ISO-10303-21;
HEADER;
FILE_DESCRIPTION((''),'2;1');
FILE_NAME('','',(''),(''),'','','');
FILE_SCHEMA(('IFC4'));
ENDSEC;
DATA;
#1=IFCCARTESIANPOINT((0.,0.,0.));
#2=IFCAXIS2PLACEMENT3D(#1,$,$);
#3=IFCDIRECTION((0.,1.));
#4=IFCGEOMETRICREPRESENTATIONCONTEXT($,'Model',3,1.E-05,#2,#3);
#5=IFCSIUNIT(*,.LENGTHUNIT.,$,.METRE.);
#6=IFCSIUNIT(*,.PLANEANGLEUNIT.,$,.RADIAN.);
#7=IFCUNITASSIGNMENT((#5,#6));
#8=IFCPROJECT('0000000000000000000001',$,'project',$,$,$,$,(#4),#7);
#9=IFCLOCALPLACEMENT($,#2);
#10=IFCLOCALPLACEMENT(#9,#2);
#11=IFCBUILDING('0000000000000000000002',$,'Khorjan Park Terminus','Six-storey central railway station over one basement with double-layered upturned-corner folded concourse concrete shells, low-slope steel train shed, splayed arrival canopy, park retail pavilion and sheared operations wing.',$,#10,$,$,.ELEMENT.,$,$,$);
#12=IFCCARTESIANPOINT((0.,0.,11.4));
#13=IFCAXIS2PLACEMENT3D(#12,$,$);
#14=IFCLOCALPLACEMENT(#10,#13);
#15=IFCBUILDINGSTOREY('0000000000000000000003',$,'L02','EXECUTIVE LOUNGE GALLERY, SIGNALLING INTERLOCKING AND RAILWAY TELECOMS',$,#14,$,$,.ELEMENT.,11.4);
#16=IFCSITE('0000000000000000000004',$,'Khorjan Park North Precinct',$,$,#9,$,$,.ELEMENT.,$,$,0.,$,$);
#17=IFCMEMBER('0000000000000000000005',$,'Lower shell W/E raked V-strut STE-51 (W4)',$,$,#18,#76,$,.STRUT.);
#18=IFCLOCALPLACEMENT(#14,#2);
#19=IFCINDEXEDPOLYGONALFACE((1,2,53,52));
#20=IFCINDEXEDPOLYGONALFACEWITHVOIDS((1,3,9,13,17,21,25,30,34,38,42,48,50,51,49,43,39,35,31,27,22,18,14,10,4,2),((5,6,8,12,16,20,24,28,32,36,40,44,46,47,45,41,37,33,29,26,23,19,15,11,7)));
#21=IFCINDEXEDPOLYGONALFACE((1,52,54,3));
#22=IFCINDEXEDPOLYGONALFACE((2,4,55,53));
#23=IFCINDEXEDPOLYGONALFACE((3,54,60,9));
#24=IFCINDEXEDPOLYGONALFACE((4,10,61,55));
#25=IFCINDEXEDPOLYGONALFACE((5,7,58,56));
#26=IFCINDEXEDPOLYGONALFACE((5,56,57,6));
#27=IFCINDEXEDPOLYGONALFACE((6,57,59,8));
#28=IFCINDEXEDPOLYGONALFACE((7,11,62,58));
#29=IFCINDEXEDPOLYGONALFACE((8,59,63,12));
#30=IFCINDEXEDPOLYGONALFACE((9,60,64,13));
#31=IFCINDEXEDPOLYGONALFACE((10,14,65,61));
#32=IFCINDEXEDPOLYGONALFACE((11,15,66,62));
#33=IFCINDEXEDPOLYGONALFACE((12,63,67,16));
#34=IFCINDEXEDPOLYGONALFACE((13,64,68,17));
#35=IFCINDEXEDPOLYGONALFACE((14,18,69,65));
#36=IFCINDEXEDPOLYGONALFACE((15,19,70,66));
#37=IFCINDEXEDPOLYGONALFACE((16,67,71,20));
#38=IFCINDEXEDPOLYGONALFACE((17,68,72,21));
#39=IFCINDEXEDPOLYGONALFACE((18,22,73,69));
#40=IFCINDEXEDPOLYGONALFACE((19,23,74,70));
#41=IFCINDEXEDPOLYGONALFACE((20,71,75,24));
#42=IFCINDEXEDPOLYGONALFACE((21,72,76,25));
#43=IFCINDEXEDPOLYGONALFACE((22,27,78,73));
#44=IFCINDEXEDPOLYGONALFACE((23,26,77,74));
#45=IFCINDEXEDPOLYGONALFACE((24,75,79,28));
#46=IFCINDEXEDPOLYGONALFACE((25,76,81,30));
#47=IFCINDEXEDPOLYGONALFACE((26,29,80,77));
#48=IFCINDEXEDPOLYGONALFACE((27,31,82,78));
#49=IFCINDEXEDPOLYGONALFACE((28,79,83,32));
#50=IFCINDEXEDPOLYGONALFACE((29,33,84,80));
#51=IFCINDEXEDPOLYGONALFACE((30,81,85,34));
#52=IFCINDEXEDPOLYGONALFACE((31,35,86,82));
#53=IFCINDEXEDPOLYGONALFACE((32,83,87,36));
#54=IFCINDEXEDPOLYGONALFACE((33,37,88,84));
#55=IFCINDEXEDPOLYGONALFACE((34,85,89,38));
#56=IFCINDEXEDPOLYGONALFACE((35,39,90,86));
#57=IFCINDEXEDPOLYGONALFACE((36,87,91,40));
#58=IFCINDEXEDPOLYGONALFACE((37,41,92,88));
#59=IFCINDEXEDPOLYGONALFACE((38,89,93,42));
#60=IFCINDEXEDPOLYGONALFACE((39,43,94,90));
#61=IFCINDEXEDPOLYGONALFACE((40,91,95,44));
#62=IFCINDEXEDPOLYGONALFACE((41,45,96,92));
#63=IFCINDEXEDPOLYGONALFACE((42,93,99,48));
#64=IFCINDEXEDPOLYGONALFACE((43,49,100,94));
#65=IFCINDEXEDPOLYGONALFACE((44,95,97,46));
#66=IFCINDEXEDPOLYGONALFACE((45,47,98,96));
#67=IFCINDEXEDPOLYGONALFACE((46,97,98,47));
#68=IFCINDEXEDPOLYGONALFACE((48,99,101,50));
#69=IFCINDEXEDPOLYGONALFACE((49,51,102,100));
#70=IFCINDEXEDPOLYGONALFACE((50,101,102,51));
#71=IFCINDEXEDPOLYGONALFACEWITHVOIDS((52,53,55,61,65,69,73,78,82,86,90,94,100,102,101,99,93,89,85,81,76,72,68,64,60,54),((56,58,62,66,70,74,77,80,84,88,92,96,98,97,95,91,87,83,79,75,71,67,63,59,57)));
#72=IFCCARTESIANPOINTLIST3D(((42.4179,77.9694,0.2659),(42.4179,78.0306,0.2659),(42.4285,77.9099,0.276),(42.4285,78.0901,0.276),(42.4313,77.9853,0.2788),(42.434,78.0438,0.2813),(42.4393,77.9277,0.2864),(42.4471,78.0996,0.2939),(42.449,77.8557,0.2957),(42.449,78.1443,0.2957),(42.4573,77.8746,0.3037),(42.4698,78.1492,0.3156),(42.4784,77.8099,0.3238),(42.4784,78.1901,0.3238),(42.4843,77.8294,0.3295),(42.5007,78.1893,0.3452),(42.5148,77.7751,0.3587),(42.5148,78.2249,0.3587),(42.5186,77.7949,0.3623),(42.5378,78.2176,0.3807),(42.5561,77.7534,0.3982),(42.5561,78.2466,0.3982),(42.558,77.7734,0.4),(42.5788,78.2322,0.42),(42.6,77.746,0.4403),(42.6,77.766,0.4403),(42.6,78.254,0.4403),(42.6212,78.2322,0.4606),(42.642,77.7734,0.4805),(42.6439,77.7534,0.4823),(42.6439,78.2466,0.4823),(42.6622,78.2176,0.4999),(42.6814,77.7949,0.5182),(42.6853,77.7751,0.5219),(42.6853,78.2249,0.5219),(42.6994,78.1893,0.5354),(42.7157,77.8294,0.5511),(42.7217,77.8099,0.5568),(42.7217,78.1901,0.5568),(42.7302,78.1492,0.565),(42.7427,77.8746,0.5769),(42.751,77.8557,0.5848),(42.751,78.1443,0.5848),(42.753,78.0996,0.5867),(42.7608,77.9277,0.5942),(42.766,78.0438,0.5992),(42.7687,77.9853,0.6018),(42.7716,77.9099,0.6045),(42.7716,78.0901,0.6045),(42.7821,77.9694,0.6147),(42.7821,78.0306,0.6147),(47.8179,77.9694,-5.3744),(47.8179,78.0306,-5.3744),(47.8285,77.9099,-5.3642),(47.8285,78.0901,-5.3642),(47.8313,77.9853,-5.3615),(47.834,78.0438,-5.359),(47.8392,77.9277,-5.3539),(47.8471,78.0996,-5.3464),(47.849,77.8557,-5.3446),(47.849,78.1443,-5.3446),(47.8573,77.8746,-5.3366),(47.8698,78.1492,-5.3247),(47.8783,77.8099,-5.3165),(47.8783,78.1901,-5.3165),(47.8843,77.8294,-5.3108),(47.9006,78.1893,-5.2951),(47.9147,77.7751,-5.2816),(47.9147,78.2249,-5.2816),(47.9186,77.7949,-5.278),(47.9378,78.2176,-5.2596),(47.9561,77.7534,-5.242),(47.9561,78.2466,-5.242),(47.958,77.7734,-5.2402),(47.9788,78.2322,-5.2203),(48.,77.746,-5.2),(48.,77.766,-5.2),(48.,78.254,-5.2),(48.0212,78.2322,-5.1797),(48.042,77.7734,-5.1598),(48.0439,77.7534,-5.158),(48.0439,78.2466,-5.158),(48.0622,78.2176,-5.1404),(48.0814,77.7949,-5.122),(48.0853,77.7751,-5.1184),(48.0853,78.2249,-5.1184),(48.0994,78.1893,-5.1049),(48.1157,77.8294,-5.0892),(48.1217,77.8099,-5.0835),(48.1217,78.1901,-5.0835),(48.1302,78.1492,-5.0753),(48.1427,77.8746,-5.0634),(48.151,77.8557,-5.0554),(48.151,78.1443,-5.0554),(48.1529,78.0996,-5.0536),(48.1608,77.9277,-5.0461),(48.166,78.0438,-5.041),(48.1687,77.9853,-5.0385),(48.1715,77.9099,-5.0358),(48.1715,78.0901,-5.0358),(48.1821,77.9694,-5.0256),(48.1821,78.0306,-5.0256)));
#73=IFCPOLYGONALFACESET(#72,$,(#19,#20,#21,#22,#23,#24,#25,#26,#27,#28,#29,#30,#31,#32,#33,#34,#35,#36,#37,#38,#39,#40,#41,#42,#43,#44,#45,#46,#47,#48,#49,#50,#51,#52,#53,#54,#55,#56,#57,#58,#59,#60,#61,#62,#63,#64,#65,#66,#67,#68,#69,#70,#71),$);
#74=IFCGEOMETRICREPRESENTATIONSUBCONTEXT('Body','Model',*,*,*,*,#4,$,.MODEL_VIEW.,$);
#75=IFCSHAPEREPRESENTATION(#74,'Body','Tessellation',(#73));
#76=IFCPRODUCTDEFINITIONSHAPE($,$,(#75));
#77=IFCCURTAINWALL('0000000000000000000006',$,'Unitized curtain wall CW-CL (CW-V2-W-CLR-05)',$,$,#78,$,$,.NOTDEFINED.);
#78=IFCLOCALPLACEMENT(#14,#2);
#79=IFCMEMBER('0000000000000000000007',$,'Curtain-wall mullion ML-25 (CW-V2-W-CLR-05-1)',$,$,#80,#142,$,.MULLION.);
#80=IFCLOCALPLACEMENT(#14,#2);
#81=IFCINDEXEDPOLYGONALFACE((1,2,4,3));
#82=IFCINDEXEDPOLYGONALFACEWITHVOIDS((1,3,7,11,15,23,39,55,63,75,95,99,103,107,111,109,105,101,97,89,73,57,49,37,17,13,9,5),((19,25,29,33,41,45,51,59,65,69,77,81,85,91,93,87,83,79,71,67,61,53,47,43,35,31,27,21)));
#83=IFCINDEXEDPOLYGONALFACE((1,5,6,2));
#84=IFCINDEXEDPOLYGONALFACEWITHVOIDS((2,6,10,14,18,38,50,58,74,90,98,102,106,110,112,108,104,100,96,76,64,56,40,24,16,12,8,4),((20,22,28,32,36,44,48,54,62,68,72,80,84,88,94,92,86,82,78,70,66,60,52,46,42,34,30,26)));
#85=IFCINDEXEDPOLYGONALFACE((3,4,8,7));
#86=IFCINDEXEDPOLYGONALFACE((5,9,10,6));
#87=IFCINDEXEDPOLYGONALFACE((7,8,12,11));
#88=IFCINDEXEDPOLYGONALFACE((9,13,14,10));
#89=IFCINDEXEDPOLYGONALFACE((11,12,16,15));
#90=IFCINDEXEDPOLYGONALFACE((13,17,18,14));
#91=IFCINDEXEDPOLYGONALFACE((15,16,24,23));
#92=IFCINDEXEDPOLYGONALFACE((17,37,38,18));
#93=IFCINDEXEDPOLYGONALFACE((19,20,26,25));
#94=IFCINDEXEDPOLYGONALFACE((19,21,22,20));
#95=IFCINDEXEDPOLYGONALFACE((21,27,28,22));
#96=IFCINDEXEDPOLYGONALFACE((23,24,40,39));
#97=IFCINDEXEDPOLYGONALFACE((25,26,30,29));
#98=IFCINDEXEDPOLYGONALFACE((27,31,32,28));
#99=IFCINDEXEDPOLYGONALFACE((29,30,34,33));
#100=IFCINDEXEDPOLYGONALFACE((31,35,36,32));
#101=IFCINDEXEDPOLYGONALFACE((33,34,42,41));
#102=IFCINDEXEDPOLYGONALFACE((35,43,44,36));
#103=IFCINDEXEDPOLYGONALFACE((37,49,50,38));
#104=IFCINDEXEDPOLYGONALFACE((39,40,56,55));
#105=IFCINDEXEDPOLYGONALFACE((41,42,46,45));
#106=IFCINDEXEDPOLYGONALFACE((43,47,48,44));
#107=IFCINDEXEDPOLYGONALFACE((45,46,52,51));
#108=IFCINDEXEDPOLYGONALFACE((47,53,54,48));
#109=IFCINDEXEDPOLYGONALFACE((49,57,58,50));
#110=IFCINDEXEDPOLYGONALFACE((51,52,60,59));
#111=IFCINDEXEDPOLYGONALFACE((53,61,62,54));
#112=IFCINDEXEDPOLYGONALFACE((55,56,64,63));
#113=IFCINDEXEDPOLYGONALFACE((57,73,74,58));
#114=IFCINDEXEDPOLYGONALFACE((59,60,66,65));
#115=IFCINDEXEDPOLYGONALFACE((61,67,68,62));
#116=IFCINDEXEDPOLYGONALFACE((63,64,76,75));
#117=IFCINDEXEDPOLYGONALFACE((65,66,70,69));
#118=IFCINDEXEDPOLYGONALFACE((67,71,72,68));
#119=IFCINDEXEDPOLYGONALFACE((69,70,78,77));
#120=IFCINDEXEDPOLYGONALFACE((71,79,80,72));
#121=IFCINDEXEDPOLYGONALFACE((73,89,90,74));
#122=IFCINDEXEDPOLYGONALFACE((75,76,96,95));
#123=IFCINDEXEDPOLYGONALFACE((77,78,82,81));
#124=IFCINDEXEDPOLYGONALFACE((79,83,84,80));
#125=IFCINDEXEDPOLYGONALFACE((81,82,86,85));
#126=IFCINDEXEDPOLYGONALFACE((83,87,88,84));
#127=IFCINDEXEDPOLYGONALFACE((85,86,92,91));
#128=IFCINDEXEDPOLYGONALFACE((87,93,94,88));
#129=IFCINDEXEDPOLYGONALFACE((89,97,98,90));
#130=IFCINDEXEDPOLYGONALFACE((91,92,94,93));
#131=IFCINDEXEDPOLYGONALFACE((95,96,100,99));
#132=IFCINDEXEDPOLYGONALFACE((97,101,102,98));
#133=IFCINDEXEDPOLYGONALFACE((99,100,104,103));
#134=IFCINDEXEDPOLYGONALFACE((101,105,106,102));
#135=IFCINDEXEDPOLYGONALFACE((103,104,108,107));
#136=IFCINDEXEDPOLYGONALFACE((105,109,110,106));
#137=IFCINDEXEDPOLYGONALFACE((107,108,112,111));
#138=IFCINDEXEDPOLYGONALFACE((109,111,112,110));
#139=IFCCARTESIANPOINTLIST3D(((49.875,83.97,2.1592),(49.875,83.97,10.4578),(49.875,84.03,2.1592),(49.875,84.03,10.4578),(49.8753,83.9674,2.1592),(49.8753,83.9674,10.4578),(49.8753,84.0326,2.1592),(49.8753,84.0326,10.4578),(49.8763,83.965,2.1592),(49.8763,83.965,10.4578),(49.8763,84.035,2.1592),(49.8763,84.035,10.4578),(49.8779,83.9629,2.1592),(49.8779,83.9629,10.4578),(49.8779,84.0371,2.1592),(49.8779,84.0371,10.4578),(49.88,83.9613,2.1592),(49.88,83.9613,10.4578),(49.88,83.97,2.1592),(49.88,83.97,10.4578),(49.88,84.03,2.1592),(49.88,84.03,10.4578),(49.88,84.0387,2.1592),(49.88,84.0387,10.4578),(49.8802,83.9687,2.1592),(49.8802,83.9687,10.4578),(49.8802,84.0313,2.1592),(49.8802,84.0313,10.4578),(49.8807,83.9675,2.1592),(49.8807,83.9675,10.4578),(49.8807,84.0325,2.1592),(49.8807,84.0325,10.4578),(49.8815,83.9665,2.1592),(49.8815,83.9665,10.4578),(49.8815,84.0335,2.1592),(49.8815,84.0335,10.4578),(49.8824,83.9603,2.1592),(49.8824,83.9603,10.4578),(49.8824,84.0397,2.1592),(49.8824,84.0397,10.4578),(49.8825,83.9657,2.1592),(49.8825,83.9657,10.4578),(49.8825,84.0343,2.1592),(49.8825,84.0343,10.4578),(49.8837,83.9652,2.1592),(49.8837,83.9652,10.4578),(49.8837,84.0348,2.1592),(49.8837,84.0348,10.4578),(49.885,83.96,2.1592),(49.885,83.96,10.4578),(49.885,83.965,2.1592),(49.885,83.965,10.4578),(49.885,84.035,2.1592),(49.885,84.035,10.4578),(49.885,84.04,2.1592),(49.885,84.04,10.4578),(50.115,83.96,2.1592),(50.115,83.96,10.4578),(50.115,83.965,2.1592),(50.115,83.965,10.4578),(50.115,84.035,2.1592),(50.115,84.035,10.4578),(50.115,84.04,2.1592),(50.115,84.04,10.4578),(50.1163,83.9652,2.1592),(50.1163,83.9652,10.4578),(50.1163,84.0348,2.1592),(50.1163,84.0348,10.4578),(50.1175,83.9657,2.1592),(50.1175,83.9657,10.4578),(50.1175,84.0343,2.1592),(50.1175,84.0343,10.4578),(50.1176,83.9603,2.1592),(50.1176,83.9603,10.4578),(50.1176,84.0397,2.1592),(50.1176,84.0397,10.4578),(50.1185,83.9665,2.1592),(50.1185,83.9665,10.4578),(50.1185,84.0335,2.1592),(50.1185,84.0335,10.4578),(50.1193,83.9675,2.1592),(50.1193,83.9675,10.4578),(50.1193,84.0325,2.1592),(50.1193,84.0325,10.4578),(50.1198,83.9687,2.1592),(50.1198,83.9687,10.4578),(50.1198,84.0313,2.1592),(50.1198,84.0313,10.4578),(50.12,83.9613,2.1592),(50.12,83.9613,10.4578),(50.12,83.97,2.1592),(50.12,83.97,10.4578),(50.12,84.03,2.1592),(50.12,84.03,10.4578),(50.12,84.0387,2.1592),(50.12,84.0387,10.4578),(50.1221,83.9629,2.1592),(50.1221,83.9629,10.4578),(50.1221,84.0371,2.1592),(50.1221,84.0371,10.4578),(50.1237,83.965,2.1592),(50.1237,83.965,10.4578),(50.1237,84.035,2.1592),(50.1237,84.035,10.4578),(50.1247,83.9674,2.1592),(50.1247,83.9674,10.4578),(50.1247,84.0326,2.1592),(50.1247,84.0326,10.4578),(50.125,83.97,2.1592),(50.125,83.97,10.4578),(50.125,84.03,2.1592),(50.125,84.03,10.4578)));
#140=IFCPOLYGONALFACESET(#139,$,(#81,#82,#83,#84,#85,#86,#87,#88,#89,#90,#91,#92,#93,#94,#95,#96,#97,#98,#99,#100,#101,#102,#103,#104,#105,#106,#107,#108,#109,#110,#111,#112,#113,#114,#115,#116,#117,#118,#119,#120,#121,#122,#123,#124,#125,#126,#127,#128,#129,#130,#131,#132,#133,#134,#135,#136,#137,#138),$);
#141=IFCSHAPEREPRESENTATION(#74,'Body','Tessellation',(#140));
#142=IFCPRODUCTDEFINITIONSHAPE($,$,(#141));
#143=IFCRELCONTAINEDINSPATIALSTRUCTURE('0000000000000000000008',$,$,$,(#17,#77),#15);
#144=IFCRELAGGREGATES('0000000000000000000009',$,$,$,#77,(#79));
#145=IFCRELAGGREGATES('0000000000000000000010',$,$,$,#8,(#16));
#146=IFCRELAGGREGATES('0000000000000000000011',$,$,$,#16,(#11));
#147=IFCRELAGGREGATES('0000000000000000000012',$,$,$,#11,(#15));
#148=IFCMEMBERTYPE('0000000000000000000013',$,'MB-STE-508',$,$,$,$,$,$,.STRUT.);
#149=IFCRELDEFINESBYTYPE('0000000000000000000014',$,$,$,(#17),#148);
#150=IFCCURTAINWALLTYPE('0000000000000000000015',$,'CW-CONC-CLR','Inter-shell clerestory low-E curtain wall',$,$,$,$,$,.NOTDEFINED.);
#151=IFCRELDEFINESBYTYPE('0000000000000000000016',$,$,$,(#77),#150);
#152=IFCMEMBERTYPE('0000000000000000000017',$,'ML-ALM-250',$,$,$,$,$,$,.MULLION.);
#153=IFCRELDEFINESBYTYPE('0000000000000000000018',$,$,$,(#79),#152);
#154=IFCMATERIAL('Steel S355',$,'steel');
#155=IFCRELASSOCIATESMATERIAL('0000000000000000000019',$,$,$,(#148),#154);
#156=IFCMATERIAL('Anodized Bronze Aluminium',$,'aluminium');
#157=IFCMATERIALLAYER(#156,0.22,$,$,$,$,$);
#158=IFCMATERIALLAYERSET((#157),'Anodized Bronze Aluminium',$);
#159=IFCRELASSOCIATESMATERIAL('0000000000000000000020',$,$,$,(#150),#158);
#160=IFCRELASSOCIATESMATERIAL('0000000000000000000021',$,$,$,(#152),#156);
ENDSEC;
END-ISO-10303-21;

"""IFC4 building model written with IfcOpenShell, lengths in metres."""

from ifc_helpers import new_model, si_unit, direction, frame, origin, origin_2d, place, context, subcontext, project, spatial, hollow_rectangle, hollow_circle, extrude, material, layer, layer_set, material_profile, profile_set, type_object, element, aggregate, save


model = new_model("IFC4")

# Units and contexts
model_context = context("Model", 3, precision=1e-05, world=origin(), true_north=direction((0.0, 1.0)))
body_context = subcontext(model_context, "Body", "Model", "MODEL_VIEW")
ifc_project = project(units=[si_unit("LENGTHUNIT", "METRE"), si_unit("PLANEANGLEUNIT", "RADIAN")], contexts=[model_context])

# Site, building, storey
site_placement = place(None, origin())
site = spatial("IfcSite", under=ifc_project, at=site_placement, Name="Khorjan Park North Precinct", CompositionType="ELEMENT", RefElevation=0.0)
building_placement = place(site_placement, origin())
building = spatial("IfcBuilding", under=site, at=building_placement, Name="Khorjan Park Terminus", Description="Six-storey central railway station over one basement with double-layered upturned-corner folded concourse concrete shells, low-slope steel train shed, splayed arrival canopy, park retail pavilion and sheared operations wing.", CompositionType="ELEMENT")
storey_placement = place(building_placement, frame((0.0, 0.0, 11.4)))
storey = spatial("IfcBuildingStorey", under=building, at=storey_placement, Name="L02", Description="EXECUTIVE LOUNGE GALLERY, SIGNALLING INTERLOCKING AND RAILWAY TELECOMS", CompositionType="ELEMENT", Elevation=11.4)

# Shared definitions
ifc_material_1 = material(Name="Steel S355", Category="steel")

# Member
ifc_material_profile_1 = material_profile(ifc_material_1, hollow_circle(Radius=0.254, WallThickness=0.02, at=origin_2d()), Name="CHS 508x20")
ifc_profile_set_1 = profile_set([ifc_material_profile_1], Name="Steel S355")
member_type_1 = type_object("IfcMemberType", Name="MB-STE-508", PredefinedType="STRUT", material=ifc_profile_set_1)
member_1_placement = place(storey_placement, frame((48.0, 78.0, -5.2), z_axis=(-0.691552, 0.0, 0.722326), x_axis=(0.0, -1.0, 0.0)))
element("IfcMember", 1, at=member_1_placement, inside=storey, type_object=member_type_1, Name="Lower shell W/E raked V-strut STE-51 (W4)", PredefinedType="STRUT", context=body_context, shape_type="SweptSolid", body=[
    extrude(hollow_circle(Radius=0.254, WallThickness=0.02, at=origin_2d()), origin(), (0.0, 0.0, 1.0), 7.8085),
])

# Curtain wall, member
ifc_material_2 = material(Name="Anodized Bronze Aluminium", Category="aluminium")
ifc_layer_1 = layer(ifc_material_2, 0.22)
ifc_layer_set_1 = layer_set([ifc_layer_1], Name="Anodized Bronze Aluminium")
curtain_wall_type = type_object("IfcCurtainWallType", Name="CW-CONC-CLR", Description="Inter-shell clerestory low-E curtain wall", PredefinedType="NOTDEFINED", material=ifc_layer_set_1)
curtain_wall_placement = place(storey_placement, origin())
curtain_wall = element("IfcCurtainWall", 2, at=curtain_wall_placement, inside=storey, type_object=curtain_wall_type, Name="Unitized curtain wall CW-CL (CW-V2-W-CLR-05)", PredefinedType="NOTDEFINED")
ifc_material_profile_2 = material_profile(ifc_material_2, hollow_rectangle(XDim=0.08, YDim=0.25, WallThickness=0.005, InnerFilletRadius=0.005, OuterFilletRadius=0.01, at=origin_2d()), Name="ALM 80x250x5")
ifc_profile_set_2 = profile_set([ifc_material_profile_2], Name="Anodized Bronze Aluminium")
member_type_2 = type_object("IfcMemberType", Name="ML-ALM-250", PredefinedType="MULLION", material=ifc_profile_set_2)
member_2_placement = place(storey_placement, frame((50.0, 84.0, 2.1592), z_axis=(0.0, 0.0, 1.0), x_axis=(0.0, -1.0, 0.0)))
member_2 = element("IfcMember", 3, at=member_2_placement, type_object=member_type_2, Name="Curtain-wall mullion ML-25 (CW-V2-W-CLR-05-1)", PredefinedType="MULLION", context=body_context, shape_type="SweptSolid", body=[
    extrude(hollow_rectangle(XDim=0.08, YDim=0.25, WallThickness=0.005, InnerFilletRadius=0.005, OuterFilletRadius=0.01, at=origin_2d()), origin(), (0.0, 0.0, 1.0), 8.2986),
])

aggregate(curtain_wall, [member_2])

save(model, "model.ifc")
